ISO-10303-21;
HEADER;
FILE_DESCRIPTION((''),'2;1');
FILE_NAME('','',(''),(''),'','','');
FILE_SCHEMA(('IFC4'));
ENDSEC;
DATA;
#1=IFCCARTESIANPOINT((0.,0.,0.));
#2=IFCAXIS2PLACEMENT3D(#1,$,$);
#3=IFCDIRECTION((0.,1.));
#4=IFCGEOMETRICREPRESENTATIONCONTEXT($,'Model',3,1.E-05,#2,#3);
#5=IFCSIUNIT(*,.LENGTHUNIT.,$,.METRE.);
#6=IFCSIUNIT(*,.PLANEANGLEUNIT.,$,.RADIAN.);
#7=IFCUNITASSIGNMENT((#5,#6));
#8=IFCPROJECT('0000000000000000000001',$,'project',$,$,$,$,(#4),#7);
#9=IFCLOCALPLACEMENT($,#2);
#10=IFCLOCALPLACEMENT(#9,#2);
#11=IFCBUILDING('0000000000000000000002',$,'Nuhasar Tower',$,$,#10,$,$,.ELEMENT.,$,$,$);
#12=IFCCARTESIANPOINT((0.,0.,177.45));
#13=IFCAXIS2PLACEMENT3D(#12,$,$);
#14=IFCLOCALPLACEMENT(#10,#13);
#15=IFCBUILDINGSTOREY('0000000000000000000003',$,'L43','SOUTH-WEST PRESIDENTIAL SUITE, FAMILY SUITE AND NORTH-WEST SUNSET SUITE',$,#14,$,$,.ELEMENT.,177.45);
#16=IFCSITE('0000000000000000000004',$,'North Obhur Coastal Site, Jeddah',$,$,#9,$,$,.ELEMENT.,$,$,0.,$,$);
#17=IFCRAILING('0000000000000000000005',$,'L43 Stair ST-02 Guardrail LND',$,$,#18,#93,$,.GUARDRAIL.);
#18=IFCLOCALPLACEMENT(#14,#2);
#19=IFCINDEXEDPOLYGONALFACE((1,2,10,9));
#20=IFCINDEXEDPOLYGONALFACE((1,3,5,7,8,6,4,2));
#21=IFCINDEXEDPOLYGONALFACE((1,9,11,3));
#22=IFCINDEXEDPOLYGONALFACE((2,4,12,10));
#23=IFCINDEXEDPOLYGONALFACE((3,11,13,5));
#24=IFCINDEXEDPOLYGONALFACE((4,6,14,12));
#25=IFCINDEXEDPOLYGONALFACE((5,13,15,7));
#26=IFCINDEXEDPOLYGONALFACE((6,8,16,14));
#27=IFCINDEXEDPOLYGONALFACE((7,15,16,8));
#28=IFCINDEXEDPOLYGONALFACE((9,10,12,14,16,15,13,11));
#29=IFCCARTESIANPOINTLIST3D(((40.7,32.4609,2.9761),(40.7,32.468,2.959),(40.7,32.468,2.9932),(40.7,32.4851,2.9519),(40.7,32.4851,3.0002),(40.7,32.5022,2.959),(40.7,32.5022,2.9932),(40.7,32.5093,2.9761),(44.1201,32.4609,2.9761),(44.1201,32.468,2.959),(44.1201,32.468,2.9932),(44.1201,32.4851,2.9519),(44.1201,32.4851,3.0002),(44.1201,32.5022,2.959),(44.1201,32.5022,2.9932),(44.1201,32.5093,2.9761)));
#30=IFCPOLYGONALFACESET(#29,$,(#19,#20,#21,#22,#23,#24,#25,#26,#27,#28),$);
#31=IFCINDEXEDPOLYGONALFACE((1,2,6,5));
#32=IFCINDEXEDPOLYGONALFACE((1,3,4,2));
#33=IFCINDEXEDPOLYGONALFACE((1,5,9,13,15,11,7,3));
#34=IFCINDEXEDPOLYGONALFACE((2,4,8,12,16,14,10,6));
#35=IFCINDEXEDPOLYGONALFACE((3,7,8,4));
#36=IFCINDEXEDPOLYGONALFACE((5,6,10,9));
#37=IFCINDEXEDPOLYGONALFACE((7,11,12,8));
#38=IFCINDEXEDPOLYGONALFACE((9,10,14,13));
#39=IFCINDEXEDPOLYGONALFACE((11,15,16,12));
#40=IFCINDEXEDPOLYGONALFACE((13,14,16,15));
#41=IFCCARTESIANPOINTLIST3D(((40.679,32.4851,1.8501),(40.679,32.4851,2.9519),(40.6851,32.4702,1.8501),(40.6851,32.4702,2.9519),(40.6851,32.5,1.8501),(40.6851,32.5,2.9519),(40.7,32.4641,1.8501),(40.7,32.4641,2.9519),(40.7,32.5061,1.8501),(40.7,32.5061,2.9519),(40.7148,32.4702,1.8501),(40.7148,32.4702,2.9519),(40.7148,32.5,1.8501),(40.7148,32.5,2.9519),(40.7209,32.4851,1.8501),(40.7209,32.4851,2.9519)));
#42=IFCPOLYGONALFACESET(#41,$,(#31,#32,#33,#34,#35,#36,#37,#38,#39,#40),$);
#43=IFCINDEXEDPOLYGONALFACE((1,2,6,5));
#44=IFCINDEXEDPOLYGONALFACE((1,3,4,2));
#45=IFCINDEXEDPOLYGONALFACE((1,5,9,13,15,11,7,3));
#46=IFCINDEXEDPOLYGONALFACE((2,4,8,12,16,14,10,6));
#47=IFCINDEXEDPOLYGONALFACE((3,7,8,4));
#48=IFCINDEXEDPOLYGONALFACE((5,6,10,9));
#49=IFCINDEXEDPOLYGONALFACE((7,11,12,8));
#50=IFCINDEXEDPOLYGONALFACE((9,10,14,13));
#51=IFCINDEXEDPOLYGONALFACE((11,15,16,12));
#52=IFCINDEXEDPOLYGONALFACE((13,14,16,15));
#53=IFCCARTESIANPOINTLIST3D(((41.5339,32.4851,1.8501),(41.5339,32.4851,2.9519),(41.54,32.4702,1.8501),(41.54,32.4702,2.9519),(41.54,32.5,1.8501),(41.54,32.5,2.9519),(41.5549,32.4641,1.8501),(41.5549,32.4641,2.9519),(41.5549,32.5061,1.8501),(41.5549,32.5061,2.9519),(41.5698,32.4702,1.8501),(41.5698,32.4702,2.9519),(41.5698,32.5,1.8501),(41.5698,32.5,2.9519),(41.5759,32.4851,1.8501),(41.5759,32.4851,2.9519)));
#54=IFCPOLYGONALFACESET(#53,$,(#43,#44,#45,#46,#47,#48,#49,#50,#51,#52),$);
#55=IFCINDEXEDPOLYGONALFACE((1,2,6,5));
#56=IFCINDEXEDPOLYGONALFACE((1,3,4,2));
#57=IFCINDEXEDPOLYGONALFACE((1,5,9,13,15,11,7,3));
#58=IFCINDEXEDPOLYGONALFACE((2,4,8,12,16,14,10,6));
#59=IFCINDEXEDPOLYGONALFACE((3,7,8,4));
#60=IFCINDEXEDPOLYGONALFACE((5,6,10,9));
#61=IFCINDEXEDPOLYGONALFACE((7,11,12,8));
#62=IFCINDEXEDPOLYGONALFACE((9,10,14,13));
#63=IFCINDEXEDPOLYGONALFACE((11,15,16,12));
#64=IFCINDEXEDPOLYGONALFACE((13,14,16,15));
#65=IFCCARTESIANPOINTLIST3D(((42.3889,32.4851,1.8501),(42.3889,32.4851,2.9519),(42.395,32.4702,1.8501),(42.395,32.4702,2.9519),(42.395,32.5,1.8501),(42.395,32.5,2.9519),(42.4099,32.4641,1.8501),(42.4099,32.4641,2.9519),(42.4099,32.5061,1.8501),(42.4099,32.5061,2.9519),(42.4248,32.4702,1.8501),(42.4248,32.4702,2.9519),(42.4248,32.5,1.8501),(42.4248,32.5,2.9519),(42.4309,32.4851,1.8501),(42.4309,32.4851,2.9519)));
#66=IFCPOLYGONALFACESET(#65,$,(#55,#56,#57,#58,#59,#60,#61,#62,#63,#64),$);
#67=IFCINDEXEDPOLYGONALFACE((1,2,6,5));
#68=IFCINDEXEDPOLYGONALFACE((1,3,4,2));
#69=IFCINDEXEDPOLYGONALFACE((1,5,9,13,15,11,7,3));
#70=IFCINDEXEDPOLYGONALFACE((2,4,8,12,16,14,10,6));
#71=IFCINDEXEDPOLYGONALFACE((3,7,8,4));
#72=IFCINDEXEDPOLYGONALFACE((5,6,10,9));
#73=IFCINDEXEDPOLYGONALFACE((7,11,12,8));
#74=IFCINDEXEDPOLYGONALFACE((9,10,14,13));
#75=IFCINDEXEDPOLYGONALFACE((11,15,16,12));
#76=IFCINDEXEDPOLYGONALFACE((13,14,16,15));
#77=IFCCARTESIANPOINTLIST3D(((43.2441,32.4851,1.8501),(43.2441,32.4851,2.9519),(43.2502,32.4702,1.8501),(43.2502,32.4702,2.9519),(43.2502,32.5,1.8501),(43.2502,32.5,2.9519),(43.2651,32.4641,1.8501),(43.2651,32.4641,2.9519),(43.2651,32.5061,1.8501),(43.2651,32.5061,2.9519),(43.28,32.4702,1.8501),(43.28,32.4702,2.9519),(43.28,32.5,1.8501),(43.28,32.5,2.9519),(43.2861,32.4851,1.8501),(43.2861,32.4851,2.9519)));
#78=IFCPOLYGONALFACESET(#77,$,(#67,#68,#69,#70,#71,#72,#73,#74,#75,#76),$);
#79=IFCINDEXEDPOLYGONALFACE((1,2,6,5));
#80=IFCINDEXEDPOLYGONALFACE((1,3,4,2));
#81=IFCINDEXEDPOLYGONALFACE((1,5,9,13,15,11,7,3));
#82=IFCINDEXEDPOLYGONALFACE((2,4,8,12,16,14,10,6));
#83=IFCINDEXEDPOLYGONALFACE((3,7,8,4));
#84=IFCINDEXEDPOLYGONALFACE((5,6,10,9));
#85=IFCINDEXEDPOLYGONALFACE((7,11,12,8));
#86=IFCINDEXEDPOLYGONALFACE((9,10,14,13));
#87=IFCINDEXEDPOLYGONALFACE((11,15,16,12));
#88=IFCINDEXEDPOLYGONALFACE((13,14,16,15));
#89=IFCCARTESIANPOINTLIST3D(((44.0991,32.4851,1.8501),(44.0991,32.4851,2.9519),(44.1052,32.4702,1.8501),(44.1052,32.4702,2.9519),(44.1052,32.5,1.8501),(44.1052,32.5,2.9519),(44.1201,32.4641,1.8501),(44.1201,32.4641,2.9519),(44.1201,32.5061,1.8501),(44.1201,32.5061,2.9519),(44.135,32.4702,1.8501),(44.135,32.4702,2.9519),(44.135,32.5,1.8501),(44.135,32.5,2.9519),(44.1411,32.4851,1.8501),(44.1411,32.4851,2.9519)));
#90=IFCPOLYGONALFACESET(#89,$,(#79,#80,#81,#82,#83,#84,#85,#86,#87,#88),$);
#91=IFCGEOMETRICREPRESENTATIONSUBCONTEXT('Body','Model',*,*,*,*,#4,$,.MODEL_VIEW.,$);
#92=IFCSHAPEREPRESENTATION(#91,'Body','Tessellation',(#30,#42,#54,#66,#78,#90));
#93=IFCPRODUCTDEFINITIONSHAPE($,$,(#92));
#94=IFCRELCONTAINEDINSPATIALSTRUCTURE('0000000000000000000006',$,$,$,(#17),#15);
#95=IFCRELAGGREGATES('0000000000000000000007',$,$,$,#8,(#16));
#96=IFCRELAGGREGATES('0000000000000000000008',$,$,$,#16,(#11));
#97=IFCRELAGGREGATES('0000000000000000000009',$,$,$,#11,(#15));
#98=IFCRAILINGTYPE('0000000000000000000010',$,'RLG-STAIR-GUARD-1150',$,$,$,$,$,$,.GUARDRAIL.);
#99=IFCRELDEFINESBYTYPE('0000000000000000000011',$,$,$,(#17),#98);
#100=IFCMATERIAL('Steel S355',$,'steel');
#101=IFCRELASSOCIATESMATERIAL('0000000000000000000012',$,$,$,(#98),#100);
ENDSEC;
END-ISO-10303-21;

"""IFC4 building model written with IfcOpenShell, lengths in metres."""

from ifc_helpers import new_model, si_unit, direction, frame, origin, place, context, subcontext, project, spatial, polyline, outline, extrude, material, type_object, element, save


model = new_model("IFC4")

# Units and contexts
model_context = context("Model", 3, precision=1e-05, world=origin(), true_north=direction((0.0, 1.0)))
body_context = subcontext(model_context, "Body", "Model", "MODEL_VIEW")
ifc_project = project(units=[si_unit("LENGTHUNIT", "METRE"), si_unit("PLANEANGLEUNIT", "RADIAN")], contexts=[model_context])

# Site, building, storey
site_placement = place(None, origin())
site = spatial("IfcSite", under=ifc_project, at=site_placement, Name="North Obhur Coastal Site, Jeddah", CompositionType="ELEMENT", RefElevation=0.0)
building_placement = place(site_placement, origin())
building = spatial("IfcBuilding", under=site, at=building_placement, Name="Nuhasar Tower", CompositionType="ELEMENT")
storey_placement = place(building_placement, frame((0.0, 0.0, 177.45)))
storey = spatial("IfcBuildingStorey", under=building, at=storey_placement, Name="L43", Description="SOUTH-WEST PRESIDENTIAL SUITE, FAMILY SUITE AND NORTH-WEST SUNSET SUITE", CompositionType="ELEMENT", Elevation=177.45)

# Shared definitions
ifc_material_1 = material(Name="Steel S355", Category="steel")

# Railing
railing_type_1 = type_object("IfcRailingType", Name="RLG-STAIR-GUARD-1150", PredefinedType="GUARDRAIL", material=ifc_material_1)
railing_1_placement = place(storey_placement, frame((40.7, 32.4851, 1.8501)))
element("IfcRailing", 1, at=railing_1_placement, inside=storey, type_object=railing_type_1, Name="L43 Stair ST-02 Guardrail LND", PredefinedType="GUARDRAIL", context=body_context, shape_type="SweptSolid", body=[
    extrude(outline(polyline([(0.0242, 0.0), (0.0171, 0.0171), (0.0, 0.0242), (-0.0171, 0.0171), (-0.0242, 0.0), (-0.0171, -0.0171), (0.0, -0.0242), (0.0171, -0.0171), (0.0242, 0.0)])), frame((0.0, 0.0, 1.126), z_axis=(1.0, 0.0, 0.0), x_axis=(0.0, 1.0, 0.0)), (0.0, 0.0, 1.0), 3.4202),
    extrude(outline(polyline([(0.021, 0.0), (0.0149, 0.0149), (0.0, 0.021), (-0.0149, 0.0149), (-0.021, 0.0), (-0.0149, -0.0149), (0.0, -0.021), (0.0149, -0.0149), (0.021, 0.0)])), origin(), (0.0, 0.0, 1.0), 1.1018),
    extrude(outline(polyline([(0.021, 0.0), (0.0149, 0.0149), (0.0, 0.021), (-0.0149, 0.0149), (-0.021, 0.0), (-0.0149, -0.0149), (0.0, -0.021), (0.0149, -0.0149), (0.021, 0.0)])), frame((0.855, 0.0, 0.0)), (0.0, 0.0, 1.0), 1.1018),
    extrude(outline(polyline([(0.021, 0.0), (0.0149, 0.0149), (0.0, 0.021), (-0.0149, 0.0149), (-0.021, 0.0), (-0.0149, -0.0149), (0.0, -0.021), (0.0149, -0.0149), (0.021, 0.0)])), frame((1.71, 0.0, 0.0)), (0.0, 0.0, 1.0), 1.1018),
    extrude(outline(polyline([(0.021, 0.0), (0.0149, 0.0149), (0.0, 0.021), (-0.0149, 0.0149), (-0.021, 0.0), (-0.0149, -0.0149), (0.0, -0.021), (0.0149, -0.0149), (0.021, 0.0)])), frame((2.5652, 0.0, 0.0)), (0.0, 0.0, 1.0), 1.1018),
    extrude(outline(polyline([(0.021, 0.0), (0.0149, 0.0149), (0.0, 0.021), (-0.0149, 0.0149), (-0.021, 0.0), (-0.0149, -0.0149), (0.0, -0.021), (0.0149, -0.0149), (0.021, 0.0)])), frame((3.4202, 0.0, 0.0)), (0.0, 0.0, 1.0), 1.1018),
])

save(model, "model.ifc")
